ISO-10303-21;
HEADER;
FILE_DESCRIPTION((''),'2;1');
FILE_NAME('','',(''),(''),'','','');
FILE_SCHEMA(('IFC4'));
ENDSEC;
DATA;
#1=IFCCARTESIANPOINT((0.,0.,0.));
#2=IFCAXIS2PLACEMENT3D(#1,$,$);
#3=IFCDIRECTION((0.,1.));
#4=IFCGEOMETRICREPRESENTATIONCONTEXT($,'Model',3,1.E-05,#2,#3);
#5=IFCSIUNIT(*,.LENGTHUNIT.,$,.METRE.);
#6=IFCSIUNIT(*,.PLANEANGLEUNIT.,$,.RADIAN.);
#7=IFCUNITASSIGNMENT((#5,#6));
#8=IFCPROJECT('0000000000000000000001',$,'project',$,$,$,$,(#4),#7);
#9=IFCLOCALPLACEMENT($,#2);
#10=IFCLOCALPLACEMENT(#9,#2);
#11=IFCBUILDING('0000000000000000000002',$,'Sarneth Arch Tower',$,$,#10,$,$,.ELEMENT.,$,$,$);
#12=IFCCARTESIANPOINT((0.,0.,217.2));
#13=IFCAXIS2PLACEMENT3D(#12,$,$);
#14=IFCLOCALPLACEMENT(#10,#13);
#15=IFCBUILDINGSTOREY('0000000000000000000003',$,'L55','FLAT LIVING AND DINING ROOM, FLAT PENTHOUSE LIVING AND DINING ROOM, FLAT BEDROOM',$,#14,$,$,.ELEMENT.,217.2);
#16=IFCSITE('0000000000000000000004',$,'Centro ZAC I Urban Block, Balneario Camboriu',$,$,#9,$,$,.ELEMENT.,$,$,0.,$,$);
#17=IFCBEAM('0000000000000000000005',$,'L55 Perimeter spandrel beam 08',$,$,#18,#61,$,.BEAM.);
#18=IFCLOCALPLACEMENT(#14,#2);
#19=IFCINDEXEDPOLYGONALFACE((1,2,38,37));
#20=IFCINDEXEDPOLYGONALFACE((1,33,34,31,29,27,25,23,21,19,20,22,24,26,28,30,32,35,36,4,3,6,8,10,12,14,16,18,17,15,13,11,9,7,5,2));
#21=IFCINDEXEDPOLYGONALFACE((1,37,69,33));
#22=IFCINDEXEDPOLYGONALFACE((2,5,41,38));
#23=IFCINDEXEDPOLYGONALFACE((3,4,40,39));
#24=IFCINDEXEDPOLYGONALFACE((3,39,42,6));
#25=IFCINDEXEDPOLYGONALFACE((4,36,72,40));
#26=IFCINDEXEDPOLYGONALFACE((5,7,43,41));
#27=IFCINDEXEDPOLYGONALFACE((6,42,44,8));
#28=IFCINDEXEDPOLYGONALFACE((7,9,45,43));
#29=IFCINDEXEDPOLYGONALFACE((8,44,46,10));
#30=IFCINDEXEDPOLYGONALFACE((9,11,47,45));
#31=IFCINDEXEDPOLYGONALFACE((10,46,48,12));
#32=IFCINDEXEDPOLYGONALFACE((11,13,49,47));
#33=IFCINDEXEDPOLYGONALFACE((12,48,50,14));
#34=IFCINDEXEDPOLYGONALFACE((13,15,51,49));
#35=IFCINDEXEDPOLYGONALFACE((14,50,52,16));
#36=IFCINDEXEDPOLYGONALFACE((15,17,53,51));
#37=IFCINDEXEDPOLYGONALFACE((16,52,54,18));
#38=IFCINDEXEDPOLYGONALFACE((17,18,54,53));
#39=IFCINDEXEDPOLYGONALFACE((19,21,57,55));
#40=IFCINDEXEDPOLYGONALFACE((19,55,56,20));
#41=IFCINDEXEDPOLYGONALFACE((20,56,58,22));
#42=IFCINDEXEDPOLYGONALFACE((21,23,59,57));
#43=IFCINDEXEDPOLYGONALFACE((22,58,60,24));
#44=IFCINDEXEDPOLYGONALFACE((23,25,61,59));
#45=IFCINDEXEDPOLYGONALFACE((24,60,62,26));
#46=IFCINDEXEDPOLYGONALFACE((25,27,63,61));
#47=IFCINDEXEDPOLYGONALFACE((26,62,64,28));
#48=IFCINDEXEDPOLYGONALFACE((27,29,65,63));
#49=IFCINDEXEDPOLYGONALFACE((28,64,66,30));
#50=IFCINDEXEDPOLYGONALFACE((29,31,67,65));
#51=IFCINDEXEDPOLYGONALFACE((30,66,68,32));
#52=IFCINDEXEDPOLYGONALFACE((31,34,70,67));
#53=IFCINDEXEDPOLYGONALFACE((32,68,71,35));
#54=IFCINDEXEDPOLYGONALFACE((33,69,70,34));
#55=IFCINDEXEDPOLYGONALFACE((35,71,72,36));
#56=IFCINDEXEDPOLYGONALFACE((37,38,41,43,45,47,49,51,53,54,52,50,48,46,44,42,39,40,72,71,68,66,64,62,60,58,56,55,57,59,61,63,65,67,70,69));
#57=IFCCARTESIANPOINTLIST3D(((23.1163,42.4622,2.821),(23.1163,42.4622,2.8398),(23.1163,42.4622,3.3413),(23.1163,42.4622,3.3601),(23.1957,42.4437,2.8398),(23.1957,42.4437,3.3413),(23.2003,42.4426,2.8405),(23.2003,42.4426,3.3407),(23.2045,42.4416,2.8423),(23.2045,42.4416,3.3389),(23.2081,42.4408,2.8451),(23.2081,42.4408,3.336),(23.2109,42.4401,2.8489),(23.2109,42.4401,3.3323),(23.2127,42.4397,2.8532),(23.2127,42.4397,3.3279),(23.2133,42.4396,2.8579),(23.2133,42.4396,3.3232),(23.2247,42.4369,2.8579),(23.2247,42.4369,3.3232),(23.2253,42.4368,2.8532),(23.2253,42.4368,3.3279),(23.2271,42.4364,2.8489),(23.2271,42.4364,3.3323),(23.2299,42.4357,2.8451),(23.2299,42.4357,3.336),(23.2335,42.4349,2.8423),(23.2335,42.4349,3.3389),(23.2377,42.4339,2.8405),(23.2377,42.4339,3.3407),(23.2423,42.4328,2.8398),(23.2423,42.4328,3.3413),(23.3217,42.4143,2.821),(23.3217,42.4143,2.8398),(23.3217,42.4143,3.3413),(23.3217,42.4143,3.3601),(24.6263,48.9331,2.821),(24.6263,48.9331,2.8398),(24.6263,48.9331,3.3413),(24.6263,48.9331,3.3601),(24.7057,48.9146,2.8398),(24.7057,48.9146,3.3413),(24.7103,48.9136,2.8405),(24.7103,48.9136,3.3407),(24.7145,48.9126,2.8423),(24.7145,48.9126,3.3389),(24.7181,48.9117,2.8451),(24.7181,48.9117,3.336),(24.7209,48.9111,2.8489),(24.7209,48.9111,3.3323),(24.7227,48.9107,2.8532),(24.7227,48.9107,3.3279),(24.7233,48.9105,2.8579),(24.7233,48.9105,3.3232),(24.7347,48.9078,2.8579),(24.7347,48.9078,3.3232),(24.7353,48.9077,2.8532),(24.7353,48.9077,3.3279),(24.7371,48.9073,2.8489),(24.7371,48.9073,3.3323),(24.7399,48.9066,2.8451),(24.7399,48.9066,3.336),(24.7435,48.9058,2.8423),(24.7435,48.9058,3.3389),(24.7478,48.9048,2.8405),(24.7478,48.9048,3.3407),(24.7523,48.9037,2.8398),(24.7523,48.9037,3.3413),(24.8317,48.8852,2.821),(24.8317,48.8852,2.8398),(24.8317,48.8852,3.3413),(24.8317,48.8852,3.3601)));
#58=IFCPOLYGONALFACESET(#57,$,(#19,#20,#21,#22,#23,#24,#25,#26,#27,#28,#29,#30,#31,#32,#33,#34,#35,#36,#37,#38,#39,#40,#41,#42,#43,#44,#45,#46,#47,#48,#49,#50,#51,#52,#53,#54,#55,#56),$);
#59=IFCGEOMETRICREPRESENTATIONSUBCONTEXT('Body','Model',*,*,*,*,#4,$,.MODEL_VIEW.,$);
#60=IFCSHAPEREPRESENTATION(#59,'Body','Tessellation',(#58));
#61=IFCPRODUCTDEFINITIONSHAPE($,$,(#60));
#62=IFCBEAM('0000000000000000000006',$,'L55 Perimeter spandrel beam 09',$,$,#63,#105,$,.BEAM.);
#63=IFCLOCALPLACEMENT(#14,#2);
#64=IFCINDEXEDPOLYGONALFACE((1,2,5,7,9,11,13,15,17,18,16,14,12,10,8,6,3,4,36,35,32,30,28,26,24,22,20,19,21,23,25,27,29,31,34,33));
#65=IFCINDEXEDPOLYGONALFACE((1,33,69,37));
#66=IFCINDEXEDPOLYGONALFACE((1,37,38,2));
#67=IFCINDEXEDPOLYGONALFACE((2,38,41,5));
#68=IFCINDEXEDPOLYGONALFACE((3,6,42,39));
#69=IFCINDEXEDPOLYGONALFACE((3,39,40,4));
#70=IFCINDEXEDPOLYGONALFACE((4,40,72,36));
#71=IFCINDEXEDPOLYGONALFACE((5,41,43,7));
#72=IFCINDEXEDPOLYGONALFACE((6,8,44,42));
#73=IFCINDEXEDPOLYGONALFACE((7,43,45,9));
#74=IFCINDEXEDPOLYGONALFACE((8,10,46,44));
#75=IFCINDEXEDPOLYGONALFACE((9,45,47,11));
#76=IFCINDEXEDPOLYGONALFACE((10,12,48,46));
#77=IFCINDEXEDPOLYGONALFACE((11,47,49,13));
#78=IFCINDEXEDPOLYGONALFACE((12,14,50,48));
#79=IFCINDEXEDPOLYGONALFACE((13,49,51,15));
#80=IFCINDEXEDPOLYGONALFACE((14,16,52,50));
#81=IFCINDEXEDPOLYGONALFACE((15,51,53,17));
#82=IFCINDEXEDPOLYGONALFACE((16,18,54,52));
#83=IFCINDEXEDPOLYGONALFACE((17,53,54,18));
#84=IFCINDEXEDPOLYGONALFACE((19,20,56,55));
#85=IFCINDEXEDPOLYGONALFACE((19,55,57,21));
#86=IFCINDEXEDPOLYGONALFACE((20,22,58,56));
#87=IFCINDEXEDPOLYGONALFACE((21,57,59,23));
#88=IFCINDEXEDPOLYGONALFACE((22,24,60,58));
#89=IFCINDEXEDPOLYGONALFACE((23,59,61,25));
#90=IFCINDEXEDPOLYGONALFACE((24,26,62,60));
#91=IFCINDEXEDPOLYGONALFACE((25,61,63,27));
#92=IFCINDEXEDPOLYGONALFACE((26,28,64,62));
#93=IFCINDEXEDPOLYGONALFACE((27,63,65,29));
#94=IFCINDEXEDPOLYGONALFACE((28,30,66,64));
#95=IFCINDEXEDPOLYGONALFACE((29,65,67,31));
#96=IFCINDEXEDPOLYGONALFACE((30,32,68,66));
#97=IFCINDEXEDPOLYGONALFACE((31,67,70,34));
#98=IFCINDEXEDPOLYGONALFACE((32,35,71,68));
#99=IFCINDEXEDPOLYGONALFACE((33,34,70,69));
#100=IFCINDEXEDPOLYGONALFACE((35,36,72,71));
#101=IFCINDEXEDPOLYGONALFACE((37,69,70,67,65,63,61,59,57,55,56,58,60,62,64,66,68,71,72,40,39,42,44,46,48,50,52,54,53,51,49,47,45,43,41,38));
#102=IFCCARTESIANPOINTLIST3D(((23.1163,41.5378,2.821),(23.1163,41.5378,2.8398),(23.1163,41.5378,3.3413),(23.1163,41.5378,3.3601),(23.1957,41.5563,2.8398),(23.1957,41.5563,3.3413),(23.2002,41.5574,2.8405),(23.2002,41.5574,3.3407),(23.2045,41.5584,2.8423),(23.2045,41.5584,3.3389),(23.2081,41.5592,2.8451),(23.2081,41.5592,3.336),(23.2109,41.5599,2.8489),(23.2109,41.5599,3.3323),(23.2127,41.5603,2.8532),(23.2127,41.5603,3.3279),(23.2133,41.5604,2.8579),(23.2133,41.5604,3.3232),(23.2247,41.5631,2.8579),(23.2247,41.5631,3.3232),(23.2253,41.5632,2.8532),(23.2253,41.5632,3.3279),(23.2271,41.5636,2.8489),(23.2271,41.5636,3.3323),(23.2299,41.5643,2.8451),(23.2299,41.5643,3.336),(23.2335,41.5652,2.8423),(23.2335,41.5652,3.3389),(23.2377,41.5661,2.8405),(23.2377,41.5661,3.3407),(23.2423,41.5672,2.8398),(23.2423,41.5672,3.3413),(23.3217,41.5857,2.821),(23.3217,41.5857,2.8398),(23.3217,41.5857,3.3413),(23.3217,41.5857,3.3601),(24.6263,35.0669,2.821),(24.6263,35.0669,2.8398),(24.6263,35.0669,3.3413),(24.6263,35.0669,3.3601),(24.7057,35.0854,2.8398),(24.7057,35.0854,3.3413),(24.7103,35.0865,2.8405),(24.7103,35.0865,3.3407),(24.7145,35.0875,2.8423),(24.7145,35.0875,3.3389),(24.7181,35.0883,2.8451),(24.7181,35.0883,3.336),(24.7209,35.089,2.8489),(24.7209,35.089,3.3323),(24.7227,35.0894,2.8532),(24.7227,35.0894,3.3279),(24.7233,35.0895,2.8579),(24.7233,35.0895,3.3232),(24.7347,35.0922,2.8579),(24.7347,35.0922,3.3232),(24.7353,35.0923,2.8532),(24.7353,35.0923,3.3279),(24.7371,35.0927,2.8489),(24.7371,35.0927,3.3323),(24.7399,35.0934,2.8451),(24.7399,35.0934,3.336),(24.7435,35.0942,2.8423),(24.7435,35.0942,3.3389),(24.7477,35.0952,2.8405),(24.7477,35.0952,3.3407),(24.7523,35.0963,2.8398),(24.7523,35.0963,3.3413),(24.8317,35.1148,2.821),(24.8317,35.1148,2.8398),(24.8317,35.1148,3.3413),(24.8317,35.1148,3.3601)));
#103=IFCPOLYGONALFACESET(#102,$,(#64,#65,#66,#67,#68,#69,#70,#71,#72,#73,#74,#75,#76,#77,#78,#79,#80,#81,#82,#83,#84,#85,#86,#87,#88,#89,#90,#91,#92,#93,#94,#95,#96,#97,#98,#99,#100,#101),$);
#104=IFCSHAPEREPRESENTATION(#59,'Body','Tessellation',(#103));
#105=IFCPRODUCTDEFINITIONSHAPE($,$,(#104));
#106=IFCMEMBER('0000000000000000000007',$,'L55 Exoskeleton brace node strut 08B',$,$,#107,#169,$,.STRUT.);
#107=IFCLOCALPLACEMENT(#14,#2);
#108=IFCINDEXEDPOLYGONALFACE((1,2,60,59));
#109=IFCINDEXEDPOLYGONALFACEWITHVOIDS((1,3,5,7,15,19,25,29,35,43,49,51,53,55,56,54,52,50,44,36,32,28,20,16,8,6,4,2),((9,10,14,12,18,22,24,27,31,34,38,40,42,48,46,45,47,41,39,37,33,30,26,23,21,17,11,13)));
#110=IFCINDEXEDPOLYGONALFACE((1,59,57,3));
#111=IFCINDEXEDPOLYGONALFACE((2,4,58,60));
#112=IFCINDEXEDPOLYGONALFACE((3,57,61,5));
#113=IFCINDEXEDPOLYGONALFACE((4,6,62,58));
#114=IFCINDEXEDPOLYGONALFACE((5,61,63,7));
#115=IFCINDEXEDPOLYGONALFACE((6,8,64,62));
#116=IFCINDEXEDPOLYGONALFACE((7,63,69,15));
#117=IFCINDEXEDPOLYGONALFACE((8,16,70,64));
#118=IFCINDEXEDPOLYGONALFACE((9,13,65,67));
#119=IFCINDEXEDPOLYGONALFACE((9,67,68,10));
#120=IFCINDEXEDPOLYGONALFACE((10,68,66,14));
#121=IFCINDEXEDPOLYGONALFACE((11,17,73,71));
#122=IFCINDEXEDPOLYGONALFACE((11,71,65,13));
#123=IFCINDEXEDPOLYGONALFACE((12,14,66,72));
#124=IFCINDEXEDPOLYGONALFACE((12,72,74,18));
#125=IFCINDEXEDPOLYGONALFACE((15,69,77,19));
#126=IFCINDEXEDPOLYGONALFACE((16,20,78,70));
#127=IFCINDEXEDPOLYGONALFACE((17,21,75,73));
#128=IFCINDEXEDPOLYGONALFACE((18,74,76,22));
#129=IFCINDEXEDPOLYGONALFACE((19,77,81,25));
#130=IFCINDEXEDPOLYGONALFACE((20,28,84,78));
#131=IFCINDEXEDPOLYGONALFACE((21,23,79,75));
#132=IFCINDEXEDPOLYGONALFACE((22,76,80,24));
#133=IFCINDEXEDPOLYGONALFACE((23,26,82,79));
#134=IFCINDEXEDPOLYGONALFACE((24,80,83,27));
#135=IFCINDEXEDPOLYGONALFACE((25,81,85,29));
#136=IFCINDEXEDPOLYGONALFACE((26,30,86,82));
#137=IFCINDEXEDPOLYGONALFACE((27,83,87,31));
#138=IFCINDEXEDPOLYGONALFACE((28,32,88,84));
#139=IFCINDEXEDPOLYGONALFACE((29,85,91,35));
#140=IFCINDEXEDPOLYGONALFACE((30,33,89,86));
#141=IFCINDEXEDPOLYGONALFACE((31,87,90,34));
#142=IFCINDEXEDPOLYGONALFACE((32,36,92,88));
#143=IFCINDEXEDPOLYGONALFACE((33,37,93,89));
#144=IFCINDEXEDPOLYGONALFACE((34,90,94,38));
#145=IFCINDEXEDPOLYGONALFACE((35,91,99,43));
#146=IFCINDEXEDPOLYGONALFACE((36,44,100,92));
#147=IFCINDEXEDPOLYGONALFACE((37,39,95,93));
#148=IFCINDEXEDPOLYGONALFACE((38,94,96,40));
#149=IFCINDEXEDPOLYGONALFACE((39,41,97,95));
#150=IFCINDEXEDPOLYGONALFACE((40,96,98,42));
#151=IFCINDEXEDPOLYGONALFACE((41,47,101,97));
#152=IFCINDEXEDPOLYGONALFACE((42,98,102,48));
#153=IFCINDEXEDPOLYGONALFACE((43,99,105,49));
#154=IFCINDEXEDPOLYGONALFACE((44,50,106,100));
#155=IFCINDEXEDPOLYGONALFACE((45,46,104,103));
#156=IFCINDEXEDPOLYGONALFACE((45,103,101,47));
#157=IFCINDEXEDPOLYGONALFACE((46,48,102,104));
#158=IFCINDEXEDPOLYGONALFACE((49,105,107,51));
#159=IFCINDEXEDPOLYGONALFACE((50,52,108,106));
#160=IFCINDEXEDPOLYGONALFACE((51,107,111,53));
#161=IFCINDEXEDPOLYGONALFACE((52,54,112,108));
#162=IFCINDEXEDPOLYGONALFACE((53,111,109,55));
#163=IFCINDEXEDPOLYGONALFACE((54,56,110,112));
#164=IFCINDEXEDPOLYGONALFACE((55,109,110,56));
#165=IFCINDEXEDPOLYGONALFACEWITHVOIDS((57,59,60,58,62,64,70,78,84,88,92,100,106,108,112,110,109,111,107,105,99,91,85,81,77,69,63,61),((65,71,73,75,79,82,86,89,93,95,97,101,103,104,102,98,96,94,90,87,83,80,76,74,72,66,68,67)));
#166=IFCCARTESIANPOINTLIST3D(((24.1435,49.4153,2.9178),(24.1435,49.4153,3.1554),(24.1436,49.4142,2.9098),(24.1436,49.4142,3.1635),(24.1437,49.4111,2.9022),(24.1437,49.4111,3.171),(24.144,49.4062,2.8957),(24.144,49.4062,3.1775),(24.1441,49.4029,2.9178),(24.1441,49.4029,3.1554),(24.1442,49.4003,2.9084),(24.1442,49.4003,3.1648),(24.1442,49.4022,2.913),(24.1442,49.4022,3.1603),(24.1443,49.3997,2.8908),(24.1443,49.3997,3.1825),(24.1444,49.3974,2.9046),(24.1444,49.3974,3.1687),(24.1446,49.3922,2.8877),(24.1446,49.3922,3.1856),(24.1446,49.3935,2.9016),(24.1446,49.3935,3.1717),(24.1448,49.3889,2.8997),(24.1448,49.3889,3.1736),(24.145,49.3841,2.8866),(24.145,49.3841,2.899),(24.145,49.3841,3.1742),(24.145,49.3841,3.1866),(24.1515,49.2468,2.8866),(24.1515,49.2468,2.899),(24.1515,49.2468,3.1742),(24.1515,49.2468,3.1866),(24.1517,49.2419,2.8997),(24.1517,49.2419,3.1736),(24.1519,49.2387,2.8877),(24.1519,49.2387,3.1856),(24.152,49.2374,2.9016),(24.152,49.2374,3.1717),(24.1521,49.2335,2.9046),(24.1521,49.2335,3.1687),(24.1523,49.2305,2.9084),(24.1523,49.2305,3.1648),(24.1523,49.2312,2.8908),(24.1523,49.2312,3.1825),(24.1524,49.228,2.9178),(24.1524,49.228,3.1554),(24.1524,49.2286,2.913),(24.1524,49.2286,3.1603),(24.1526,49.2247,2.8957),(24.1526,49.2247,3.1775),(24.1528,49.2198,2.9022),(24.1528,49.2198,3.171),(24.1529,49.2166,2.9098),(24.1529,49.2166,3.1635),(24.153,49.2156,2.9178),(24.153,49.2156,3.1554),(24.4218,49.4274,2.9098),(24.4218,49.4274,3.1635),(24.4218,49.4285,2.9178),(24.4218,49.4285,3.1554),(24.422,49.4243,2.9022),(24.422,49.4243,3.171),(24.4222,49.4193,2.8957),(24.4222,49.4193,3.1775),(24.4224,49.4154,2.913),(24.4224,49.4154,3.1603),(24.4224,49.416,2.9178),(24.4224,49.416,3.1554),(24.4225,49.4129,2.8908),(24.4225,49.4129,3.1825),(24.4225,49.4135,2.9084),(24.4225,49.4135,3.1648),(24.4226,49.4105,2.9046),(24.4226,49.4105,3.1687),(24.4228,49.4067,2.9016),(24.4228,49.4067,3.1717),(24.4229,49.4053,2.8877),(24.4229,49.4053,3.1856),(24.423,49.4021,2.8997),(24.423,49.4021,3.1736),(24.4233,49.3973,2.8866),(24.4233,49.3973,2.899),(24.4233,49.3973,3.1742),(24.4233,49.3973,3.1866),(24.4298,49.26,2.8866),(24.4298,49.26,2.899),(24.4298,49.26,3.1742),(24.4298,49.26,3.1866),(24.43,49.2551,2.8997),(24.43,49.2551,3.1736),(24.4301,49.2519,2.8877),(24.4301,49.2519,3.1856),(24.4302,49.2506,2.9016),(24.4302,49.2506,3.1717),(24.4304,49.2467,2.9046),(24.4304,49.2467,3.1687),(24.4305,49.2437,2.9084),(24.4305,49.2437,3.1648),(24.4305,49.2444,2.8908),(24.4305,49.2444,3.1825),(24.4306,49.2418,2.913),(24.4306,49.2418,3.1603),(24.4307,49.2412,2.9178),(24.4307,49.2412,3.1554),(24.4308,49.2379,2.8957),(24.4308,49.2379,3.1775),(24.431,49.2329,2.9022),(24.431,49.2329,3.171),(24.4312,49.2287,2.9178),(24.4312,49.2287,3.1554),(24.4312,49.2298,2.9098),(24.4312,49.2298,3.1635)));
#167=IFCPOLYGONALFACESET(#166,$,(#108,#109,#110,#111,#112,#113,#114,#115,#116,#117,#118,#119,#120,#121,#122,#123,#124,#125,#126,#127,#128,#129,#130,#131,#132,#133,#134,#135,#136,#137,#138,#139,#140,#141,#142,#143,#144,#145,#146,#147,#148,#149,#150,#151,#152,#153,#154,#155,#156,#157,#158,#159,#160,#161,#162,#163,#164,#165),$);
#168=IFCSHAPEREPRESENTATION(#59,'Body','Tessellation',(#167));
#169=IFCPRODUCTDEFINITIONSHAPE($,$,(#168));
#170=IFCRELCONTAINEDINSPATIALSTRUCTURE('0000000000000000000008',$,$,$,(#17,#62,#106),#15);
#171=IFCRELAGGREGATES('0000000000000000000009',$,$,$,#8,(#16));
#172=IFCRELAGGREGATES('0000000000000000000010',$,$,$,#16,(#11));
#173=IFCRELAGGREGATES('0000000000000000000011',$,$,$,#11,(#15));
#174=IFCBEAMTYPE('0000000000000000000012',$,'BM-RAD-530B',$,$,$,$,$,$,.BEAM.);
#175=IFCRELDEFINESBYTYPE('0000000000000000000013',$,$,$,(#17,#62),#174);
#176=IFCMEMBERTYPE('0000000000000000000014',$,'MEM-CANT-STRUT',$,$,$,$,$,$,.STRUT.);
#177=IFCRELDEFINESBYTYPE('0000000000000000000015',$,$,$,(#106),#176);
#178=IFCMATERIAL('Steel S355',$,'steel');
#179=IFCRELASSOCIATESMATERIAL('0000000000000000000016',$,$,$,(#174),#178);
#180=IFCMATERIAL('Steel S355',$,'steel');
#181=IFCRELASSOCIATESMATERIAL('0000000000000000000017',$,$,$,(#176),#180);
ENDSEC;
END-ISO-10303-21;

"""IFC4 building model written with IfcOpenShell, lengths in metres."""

from ifc_helpers import new_model, si_unit, direction, frame, origin, origin_2d, place, context, subcontext, project, spatial, hollow_rectangle, i_section, extrude, material, material_profile, profile_set, type_object, element, save


model = new_model("IFC4")

# Units and contexts
model_context = context("Model", 3, precision=1e-05, world=origin(), true_north=direction((0.0, 1.0)))
body_context = subcontext(model_context, "Body", "Model", "MODEL_VIEW")
ifc_project = project(units=[si_unit("LENGTHUNIT", "METRE"), si_unit("PLANEANGLEUNIT", "RADIAN")], contexts=[model_context])

# Site, building, storey
site_placement = place(None, origin())
site = spatial("IfcSite", under=ifc_project, at=site_placement, Name="Centro ZAC I Urban Block, Balneario Camboriu", CompositionType="ELEMENT", RefElevation=0.0)
building_placement = place(site_placement, origin())
building = spatial("IfcBuilding", under=site, at=building_placement, Name="Sarneth Arch Tower", CompositionType="ELEMENT")
storey_placement = place(building_placement, frame((0.0, 0.0, 217.2)))
storey = spatial("IfcBuildingStorey", under=building, at=storey_placement, Name="L55", Description="FLAT LIVING AND DINING ROOM, FLAT PENTHOUSE LIVING AND DINING ROOM, FLAT BEDROOM", CompositionType="ELEMENT", Elevation=217.2)

# Beams
ifc_material_1 = material(Name="Steel S355", Category="steel")
ifc_material_profile_1 = material_profile(ifc_material_1, i_section(OverallWidth=0.2109, OverallDepth=0.5391, WebThickness=0.0117, FlangeThickness=0.0188, FilletRadius=0.0181, at=origin_2d()), Name="W530x109")
ifc_profile_set_1 = profile_set([ifc_material_profile_1], Name="Steel S355")
beam_type_1 = type_object("IfcBeamType", Name="BM-RAD-530B", PredefinedType="BEAM", material=ifc_profile_set_1)
for number, where, z_axis, x_axis, name in (
    (1, (24.729, 48.9092, 3.0906), (-0.227247, -0.973837, 0.0), (0.973837, -0.227247, 0.0), "L55 Perimeter spandrel beam 08"),
    (2, (23.219, 41.5618, 3.0906), (0.227247, -0.973837, 0.0), (0.973837, 0.227247, 0.0), "L55 Perimeter spandrel beam 09"),
):
    element("IfcBeam", number, at=place(storey_placement, frame(where, z_axis=z_axis, x_axis=x_axis)), inside=storey, type_object=beam_type_1, Name=name, PredefinedType="BEAM", context=body_context, shape_type="SweptSolid", body=[
        extrude(i_section(OverallWidth=0.2109, OverallDepth=0.5391, WebThickness=0.0117, FlangeThickness=0.0188, FilletRadius=0.0181, at=origin_2d()), origin(), (0.0, 0.0, 1.0), 6.6448),
    ])

# Member
ifc_material_2 = material(Name="Steel S355", Category="steel")
ifc_material_profile_2 = material_profile(ifc_material_2, hollow_rectangle(XDim=0.2, YDim=0.3, WallThickness=0.0125, InnerFilletRadius=0.0188, OuterFilletRadius=0.0312, at=origin_2d()), Name="RHS300x200x12.5")
ifc_profile_set_2 = profile_set([ifc_material_profile_2], Name="Steel S355")
member_type_1 = type_object("IfcMemberType", Name="MEM-CANT-STRUT", PredefinedType="STRUT", material=ifc_profile_set_2)
member_1_placement = place(storey_placement, frame((24.4265, 49.3286, 3.0366), z_axis=(-0.99888, -0.047315, 0.0), x_axis=(0.047315, -0.99888, 0.0)))
element("IfcMember", 3, at=member_1_placement, inside=storey, type_object=member_type_1, Name="L55 Exoskeleton brace node strut 08B", PredefinedType="STRUT", context=body_context, shape_type="SweptSolid", body=[
    extrude(hollow_rectangle(XDim=0.2, YDim=0.3, WallThickness=0.0125, InnerFilletRadius=0.0188, OuterFilletRadius=0.0312, at=origin_2d()), origin(), (0.0, 0.0, 1.0), 0.2786),
])

save(model, "model.ifc")
